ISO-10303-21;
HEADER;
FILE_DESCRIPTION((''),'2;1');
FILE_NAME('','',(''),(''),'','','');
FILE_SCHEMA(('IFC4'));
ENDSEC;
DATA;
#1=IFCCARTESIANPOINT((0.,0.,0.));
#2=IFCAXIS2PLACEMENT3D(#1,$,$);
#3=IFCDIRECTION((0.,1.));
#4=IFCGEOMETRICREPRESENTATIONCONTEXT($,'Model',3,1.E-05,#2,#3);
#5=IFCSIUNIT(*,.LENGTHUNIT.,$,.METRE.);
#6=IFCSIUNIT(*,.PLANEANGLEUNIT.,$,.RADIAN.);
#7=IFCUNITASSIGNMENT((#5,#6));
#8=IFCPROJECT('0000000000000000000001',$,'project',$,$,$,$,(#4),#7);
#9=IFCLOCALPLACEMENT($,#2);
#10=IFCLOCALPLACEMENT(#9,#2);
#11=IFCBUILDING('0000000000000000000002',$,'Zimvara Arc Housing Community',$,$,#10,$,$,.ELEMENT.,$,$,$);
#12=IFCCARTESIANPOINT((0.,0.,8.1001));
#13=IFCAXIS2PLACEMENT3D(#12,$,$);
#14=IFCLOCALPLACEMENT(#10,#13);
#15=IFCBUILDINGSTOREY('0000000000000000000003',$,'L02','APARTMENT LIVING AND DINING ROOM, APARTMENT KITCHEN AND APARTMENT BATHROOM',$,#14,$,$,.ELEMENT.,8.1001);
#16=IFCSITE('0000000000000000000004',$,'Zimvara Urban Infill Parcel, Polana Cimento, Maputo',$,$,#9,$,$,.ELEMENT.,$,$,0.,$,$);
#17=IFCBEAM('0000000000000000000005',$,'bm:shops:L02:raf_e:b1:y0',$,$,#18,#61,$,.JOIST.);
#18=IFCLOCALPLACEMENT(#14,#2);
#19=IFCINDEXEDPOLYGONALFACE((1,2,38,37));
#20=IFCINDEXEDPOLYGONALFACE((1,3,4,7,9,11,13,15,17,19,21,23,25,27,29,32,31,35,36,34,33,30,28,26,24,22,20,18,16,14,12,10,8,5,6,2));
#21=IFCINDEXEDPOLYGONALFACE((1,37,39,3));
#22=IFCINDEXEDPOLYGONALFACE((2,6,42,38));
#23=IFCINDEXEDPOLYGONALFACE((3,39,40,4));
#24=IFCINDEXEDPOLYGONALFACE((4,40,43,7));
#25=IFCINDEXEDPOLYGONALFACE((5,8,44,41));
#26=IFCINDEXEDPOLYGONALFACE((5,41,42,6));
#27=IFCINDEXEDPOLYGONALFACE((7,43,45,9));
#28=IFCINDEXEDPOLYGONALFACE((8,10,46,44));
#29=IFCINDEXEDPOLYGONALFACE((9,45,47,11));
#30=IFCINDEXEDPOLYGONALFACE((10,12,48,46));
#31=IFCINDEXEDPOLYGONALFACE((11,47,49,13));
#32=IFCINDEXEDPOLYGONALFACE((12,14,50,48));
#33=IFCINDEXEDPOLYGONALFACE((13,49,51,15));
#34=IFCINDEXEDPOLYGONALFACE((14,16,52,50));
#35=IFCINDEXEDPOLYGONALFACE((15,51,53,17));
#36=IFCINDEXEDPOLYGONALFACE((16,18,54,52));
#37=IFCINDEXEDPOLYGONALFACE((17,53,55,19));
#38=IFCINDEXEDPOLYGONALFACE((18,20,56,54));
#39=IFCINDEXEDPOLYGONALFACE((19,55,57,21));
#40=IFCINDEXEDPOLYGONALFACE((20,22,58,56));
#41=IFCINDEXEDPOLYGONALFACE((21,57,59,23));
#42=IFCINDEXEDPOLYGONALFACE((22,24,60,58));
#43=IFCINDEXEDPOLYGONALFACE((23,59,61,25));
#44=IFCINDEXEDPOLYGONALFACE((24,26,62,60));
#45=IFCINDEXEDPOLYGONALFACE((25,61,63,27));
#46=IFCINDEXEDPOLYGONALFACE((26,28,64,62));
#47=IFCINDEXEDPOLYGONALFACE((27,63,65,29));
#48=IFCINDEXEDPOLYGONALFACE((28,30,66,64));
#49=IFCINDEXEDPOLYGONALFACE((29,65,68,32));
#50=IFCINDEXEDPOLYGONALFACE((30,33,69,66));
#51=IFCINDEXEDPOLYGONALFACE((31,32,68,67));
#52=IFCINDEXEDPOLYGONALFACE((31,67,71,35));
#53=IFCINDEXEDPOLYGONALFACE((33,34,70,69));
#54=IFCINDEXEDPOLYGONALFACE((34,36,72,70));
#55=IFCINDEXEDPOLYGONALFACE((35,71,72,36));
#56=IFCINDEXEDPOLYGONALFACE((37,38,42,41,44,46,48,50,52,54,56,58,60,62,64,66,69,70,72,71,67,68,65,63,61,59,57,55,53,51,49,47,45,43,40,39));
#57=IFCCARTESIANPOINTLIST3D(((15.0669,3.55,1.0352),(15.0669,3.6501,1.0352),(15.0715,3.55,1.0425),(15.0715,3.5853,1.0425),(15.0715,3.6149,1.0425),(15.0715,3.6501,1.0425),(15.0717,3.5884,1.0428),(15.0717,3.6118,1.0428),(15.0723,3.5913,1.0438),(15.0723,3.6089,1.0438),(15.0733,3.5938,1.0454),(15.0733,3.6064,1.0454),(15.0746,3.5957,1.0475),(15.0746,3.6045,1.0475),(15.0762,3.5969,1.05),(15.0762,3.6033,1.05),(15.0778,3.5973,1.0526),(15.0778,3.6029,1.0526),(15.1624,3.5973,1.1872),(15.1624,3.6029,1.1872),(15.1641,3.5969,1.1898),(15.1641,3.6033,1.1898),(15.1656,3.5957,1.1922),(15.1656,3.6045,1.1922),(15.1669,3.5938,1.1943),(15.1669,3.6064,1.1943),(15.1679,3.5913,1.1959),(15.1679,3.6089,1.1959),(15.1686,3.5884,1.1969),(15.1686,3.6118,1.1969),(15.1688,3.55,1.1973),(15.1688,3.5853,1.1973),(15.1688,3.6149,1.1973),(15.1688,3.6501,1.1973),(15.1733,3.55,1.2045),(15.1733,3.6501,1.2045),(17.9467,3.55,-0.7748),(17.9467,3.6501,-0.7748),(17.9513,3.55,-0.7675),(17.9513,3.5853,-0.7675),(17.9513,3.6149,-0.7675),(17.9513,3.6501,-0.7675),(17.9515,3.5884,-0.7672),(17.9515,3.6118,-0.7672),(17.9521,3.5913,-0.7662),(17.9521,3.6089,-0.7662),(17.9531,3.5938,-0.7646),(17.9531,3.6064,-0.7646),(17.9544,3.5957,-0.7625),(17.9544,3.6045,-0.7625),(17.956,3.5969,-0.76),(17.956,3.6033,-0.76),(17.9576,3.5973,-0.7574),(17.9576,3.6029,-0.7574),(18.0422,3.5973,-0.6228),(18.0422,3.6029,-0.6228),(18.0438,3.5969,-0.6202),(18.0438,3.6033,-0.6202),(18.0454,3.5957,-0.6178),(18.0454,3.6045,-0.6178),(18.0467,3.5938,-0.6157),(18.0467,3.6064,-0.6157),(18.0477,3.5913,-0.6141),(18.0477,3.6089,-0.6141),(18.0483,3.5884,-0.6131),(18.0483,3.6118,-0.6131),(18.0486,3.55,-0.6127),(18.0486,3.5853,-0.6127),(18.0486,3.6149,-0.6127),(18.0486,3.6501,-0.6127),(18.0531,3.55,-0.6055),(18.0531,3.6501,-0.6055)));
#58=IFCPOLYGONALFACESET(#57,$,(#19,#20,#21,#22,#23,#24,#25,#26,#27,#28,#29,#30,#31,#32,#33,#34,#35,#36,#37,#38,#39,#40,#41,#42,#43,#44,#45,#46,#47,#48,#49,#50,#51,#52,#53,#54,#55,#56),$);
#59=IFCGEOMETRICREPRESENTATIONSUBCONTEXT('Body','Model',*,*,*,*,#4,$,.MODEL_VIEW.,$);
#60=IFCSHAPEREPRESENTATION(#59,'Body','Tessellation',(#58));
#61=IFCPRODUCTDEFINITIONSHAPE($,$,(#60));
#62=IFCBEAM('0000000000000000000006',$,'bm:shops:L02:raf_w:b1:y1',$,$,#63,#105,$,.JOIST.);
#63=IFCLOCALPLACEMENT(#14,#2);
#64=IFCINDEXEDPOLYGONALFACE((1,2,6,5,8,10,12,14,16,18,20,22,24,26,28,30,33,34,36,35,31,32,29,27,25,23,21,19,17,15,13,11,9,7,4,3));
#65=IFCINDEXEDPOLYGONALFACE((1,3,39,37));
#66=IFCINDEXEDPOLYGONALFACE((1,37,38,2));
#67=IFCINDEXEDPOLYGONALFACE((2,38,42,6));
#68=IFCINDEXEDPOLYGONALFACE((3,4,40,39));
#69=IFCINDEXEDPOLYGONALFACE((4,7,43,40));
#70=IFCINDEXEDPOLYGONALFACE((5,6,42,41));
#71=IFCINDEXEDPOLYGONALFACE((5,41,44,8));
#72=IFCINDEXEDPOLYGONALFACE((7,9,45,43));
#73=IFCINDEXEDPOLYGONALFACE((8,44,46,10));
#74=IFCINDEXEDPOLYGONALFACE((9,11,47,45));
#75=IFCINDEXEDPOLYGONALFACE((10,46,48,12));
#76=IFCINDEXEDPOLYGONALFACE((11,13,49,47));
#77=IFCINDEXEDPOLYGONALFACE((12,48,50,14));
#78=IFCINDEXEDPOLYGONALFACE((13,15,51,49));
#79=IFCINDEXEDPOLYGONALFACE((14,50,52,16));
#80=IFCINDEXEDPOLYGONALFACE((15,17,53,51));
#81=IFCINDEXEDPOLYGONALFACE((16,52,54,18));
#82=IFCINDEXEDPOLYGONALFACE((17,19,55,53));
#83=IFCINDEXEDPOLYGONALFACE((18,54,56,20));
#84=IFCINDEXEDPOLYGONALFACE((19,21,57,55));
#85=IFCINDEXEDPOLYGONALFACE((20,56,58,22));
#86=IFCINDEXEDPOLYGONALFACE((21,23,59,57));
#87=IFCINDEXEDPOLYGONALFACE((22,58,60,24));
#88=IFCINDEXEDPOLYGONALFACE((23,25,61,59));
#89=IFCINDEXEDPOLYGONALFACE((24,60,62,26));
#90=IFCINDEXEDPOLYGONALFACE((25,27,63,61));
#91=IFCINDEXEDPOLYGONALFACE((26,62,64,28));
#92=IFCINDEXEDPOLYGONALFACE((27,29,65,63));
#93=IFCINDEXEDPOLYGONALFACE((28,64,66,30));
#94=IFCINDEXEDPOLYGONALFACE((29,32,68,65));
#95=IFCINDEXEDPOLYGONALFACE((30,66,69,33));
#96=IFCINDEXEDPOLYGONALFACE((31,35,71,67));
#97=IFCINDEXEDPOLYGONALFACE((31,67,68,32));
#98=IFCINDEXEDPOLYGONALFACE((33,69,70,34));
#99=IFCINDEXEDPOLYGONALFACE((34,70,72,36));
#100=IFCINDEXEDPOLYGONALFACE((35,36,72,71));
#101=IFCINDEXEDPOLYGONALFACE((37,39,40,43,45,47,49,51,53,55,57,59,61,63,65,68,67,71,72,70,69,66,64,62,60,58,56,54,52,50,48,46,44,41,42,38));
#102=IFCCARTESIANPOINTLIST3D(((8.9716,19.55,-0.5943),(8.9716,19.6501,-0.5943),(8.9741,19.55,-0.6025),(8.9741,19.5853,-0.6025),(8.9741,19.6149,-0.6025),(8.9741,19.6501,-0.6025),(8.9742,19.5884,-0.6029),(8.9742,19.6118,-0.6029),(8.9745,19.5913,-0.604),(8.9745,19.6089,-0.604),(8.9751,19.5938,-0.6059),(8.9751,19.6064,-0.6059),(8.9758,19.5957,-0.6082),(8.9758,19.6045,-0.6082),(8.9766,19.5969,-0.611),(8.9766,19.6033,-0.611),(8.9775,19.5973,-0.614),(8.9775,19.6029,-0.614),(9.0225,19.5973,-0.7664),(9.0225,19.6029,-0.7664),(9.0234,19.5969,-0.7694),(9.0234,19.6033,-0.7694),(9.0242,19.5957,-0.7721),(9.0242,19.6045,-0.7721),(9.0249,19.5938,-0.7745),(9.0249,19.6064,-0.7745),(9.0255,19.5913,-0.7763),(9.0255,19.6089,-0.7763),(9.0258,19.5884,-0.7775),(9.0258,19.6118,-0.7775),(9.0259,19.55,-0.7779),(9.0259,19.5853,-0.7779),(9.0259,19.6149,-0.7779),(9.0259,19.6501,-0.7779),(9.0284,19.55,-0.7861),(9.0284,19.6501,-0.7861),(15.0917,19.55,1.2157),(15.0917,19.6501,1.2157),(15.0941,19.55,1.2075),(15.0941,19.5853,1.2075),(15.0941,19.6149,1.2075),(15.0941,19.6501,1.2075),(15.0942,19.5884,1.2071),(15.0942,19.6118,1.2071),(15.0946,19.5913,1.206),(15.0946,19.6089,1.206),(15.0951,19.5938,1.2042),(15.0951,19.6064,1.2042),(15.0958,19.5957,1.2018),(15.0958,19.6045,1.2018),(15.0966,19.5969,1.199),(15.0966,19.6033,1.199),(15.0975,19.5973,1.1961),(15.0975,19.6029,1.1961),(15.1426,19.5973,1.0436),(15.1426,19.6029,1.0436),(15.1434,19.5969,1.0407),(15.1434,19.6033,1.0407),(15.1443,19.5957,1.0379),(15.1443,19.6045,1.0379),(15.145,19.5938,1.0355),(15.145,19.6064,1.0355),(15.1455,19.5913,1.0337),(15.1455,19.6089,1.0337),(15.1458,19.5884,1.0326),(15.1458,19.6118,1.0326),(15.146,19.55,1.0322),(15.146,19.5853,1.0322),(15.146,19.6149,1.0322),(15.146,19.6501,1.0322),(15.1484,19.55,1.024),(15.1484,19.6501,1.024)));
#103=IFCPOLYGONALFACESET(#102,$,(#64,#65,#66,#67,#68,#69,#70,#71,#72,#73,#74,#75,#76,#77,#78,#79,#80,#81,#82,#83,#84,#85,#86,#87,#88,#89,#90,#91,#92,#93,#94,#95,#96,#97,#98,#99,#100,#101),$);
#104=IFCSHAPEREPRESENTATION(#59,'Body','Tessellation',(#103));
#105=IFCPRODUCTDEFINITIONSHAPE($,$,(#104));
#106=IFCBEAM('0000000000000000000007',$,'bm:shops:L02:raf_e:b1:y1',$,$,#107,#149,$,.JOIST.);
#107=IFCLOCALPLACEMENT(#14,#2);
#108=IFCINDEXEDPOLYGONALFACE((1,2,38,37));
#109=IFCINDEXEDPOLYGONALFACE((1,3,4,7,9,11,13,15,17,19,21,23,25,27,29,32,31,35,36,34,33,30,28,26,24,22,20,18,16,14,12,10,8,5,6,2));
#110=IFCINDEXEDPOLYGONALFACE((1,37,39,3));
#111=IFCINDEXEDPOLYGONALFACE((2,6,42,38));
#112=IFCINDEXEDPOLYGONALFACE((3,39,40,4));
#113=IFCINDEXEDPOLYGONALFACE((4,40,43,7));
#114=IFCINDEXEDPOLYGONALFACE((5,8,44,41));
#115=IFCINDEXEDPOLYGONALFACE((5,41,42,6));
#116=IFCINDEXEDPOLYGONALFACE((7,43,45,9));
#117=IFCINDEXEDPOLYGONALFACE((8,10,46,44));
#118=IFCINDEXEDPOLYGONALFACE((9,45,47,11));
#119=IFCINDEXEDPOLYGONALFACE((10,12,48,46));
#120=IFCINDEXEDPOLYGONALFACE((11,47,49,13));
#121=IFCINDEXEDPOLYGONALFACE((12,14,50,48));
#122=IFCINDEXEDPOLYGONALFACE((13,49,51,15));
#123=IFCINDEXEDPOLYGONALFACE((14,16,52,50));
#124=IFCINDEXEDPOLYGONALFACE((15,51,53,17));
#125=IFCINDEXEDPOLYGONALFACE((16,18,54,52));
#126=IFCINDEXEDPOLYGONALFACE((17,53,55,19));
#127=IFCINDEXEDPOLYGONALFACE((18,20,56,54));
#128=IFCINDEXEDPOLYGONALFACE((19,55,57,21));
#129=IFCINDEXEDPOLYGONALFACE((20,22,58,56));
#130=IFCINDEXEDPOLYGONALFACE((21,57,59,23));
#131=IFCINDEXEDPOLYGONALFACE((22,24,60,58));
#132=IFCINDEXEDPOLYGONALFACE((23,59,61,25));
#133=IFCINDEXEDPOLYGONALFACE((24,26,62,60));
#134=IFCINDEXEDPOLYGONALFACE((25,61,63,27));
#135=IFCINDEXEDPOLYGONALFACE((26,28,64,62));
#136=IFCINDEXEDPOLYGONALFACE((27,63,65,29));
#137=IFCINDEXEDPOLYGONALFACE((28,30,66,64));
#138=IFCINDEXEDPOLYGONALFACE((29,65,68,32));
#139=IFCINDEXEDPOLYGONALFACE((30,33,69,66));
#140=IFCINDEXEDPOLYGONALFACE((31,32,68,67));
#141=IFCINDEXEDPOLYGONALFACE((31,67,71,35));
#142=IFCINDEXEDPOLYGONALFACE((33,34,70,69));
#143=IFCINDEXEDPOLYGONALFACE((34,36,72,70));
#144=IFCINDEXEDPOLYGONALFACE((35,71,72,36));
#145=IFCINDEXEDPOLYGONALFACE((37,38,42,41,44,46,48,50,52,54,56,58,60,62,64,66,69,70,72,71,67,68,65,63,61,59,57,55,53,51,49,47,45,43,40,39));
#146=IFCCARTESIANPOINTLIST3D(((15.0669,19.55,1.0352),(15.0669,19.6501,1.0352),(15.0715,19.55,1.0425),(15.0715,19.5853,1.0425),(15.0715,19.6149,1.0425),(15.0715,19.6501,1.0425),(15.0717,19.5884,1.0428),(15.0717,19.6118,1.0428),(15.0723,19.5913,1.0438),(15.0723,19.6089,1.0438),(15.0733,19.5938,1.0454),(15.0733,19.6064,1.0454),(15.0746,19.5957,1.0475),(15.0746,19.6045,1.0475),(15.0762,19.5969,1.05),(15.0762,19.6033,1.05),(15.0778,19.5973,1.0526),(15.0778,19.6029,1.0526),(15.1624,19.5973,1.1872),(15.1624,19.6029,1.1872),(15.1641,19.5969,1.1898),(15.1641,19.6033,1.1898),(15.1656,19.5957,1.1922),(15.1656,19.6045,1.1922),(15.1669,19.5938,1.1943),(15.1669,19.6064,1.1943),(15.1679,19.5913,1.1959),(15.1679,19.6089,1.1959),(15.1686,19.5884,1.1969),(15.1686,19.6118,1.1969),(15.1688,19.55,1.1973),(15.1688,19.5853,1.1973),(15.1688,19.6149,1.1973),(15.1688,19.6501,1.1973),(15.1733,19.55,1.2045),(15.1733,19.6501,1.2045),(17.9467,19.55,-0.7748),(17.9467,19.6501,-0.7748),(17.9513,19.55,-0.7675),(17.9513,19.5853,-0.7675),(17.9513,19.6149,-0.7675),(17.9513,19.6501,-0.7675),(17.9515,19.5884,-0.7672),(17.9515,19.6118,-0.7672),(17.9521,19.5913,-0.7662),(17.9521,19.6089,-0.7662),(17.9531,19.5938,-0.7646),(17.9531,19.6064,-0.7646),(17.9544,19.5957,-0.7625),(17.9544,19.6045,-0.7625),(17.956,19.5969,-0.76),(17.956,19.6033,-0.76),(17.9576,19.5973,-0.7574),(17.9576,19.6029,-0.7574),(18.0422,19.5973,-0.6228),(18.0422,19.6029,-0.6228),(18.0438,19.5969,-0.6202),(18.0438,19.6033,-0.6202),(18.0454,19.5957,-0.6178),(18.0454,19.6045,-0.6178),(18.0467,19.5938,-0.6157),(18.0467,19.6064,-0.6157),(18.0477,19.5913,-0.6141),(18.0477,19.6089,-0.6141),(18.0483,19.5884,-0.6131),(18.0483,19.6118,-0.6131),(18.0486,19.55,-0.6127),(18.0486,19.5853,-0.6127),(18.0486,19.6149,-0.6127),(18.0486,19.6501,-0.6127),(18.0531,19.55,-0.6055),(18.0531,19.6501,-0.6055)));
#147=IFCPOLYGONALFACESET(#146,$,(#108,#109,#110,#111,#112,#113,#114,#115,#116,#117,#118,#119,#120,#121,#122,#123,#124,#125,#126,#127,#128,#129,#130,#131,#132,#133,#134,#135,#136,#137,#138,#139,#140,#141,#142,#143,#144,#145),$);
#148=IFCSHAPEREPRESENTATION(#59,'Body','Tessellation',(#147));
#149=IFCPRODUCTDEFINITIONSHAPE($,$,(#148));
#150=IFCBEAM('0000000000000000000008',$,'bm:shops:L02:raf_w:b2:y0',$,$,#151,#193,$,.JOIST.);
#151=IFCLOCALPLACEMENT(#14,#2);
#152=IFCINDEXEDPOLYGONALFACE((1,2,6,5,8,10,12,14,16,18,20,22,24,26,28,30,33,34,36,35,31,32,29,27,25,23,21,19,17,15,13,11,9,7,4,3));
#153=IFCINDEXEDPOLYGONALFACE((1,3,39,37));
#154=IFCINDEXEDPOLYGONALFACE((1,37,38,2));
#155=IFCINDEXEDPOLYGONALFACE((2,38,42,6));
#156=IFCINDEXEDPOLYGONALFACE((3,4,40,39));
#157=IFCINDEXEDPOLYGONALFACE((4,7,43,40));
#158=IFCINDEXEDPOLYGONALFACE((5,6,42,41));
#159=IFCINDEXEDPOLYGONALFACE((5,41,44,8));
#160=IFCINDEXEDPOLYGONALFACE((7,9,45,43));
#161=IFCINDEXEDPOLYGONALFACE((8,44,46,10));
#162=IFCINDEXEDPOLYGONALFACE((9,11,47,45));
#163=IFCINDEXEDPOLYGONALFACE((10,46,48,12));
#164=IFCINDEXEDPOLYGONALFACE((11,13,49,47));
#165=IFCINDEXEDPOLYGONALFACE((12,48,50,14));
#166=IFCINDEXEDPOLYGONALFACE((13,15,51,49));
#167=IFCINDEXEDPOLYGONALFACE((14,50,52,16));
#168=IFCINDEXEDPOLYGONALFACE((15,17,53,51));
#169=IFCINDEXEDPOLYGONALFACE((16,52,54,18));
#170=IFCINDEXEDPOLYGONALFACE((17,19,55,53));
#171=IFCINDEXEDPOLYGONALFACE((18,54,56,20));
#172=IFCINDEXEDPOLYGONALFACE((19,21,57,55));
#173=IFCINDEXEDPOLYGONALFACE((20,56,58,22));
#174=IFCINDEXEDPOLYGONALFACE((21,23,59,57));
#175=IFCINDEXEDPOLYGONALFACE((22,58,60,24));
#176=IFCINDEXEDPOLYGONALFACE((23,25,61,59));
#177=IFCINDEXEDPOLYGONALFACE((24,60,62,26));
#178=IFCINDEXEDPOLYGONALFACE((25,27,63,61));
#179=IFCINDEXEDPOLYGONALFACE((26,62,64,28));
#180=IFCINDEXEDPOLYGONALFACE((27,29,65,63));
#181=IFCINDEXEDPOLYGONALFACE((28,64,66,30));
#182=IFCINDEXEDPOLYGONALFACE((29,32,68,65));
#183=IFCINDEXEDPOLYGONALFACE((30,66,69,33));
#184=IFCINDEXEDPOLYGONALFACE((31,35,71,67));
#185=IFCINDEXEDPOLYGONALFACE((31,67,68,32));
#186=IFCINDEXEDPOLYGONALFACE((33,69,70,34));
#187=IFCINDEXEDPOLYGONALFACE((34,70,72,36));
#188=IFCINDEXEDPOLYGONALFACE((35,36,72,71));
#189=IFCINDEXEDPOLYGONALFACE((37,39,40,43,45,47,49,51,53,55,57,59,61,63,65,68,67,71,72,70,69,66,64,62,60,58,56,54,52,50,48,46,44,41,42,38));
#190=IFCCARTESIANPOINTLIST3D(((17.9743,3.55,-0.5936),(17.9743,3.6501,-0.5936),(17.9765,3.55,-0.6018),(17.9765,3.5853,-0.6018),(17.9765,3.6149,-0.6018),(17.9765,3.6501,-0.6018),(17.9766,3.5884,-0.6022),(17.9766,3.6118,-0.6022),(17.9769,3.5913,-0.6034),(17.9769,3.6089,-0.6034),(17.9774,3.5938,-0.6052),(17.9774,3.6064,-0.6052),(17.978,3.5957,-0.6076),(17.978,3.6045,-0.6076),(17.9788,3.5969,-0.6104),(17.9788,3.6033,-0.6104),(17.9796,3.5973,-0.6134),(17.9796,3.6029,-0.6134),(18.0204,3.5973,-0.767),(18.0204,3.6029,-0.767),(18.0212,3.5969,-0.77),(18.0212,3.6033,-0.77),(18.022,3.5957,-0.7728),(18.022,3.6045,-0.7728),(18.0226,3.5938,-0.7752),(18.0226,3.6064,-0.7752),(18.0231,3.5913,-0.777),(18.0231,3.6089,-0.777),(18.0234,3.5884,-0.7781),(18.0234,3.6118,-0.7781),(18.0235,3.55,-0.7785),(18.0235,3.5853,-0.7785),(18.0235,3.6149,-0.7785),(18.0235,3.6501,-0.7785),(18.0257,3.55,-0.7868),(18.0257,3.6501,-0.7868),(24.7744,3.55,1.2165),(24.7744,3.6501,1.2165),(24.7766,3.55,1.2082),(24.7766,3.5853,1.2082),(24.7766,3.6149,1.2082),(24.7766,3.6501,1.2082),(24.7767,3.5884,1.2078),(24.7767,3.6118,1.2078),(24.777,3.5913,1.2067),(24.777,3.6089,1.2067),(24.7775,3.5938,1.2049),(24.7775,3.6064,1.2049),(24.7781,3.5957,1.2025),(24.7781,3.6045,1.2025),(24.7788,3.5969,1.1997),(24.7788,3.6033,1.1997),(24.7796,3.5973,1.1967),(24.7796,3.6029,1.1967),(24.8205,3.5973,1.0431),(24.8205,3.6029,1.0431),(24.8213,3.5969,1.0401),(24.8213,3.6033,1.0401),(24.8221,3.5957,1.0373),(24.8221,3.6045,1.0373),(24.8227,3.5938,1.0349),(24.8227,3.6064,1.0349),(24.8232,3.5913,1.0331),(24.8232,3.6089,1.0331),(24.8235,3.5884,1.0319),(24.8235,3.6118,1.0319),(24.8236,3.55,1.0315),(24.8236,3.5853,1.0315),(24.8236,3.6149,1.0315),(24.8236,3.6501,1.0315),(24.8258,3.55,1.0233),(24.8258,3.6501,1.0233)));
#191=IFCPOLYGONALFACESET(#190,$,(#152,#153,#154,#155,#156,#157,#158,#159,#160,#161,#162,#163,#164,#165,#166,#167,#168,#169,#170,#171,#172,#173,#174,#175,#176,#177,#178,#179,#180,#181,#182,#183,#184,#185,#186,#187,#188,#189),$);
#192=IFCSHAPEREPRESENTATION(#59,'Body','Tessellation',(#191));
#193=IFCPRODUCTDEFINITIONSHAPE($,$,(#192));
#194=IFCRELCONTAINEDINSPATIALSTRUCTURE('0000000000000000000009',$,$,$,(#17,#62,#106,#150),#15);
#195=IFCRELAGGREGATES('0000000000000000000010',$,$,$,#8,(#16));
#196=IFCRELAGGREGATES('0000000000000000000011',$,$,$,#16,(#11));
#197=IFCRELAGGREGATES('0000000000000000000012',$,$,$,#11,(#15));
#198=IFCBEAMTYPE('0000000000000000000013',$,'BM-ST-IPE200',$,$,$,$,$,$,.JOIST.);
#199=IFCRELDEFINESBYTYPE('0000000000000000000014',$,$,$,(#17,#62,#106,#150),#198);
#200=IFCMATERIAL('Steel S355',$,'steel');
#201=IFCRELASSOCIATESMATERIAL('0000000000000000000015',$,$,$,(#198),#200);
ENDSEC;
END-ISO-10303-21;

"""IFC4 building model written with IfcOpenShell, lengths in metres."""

from ifc_helpers import new_model, si_unit, direction, frame, origin, origin_2d, place, context, subcontext, project, spatial, i_section, extrude, material, material_profile, profile_set, type_object, element, save


model = new_model("IFC4")

# Units and contexts
model_context = context("Model", 3, precision=1e-05, world=origin(), true_north=direction((0.0, 1.0)))
body_context = subcontext(model_context, "Body", "Model", "MODEL_VIEW")
ifc_project = project(units=[si_unit("LENGTHUNIT", "METRE"), si_unit("PLANEANGLEUNIT", "RADIAN")], contexts=[model_context])

# Site, building, storey
site_placement = place(None, origin())
site = spatial("IfcSite", under=ifc_project, at=site_placement, Name="Zimvara Urban Infill Parcel, Polana Cimento, Maputo", CompositionType="ELEMENT", RefElevation=0.0)
building_placement = place(site_placement, origin())
building = spatial("IfcBuilding", under=site, at=building_placement, Name="Zimvara Arc Housing Community", CompositionType="ELEMENT")
storey_placement = place(building_placement, frame((0.0, 0.0, 8.1001)))
storey = spatial("IfcBuildingStorey", under=building, at=storey_placement, Name="L02", Description="APARTMENT LIVING AND DINING ROOM, APARTMENT KITCHEN AND APARTMENT BATHROOM", CompositionType="ELEMENT", Elevation=8.1001)

# Beams
ifc_material_1 = material(Name="Steel S355", Category="steel")
ifc_material_profile_1 = material_profile(ifc_material_1, i_section(OverallWidth=0.1001, OverallDepth=0.2, WebThickness=0.0056, FlangeThickness=0.0085, FilletRadius=0.012, at=origin_2d()), Name="IPE 200")
ifc_profile_set_1 = profile_set([ifc_material_profile_1], Name="Steel S355")
beam_type_1 = type_object("IfcBeamType", Name="BM-ST-IPE200", PredefinedType="JOIST", material=ifc_profile_set_1)
beam_1_placement = place(storey_placement, frame((15.1201, 3.6001, 1.1199), z_axis=(0.846657, 0.0, -0.532139), x_axis=(0.0, 1.0, 0.0)))
element("IfcBeam", 1, at=beam_1_placement, inside=storey, type_object=beam_type_1, Name="bm:shops:L02:raf_e:b1:y0", PredefinedType="JOIST", context=body_context, shape_type="SweptSolid", body=[
    extrude(i_section(OverallWidth=0.1001, OverallDepth=0.2, WebThickness=0.0056, FlangeThickness=0.0085, FilletRadius=0.012, at=origin_2d()), origin(), (0.0, 0.0, 1.0), 3.4014),
])
beam_2_placement = place(storey_placement, frame((9.0, 19.6001, -0.6902), z_axis=(0.958939, 0.0, 0.283612), x_axis=(0.0, 1.0, 0.0)))
element("IfcBeam", 2, at=beam_2_placement, inside=storey, type_object=beam_type_1, Name="bm:shops:L02:raf_w:b1:y1", PredefinedType="JOIST", context=body_context, shape_type="SweptSolid", body=[
    extrude(i_section(OverallWidth=0.1001, OverallDepth=0.2, WebThickness=0.0056, FlangeThickness=0.0085, FilletRadius=0.012, at=origin_2d()), origin(), (0.0, 0.0, 1.0), 6.3821),
])
beam_3_placement = place(storey_placement, frame((15.1201, 19.6001, 1.1199), z_axis=(0.846657, 0.0, -0.532139), x_axis=(0.0, 1.0, 0.0)))
element("IfcBeam", 3, at=beam_3_placement, inside=storey, type_object=beam_type_1, Name="bm:shops:L02:raf_e:b1:y1", PredefinedType="JOIST", context=body_context, shape_type="SweptSolid", body=[
    extrude(i_section(OverallWidth=0.1001, OverallDepth=0.2, WebThickness=0.0056, FlangeThickness=0.0085, FilletRadius=0.012, at=origin_2d()), origin(), (0.0, 0.0, 1.0), 3.4014),
])
for number, where, z_axis, x_axis, name in (
    (4, (18.0, 3.6001, -0.6902), (0.966351, 0.0, 0.257226), (0.0, 1.0, 0.0), "bm:shops:L02:raf_w:b2:y0"),
):
    element("IfcBeam", number, at=place(storey_placement, frame(where, z_axis=z_axis, x_axis=x_axis)), inside=storey, type_object=beam_type_1, Name=name, PredefinedType="JOIST", context=body_context, shape_type="SweptSolid", body=[
        extrude(i_section(OverallWidth=0.1001, OverallDepth=0.2, WebThickness=0.0056, FlangeThickness=0.0085, FilletRadius=0.012, at=origin_2d()), origin(), (0.0, 0.0, 1.0), 7.0369),
    ])

save(model, "model.ifc")
